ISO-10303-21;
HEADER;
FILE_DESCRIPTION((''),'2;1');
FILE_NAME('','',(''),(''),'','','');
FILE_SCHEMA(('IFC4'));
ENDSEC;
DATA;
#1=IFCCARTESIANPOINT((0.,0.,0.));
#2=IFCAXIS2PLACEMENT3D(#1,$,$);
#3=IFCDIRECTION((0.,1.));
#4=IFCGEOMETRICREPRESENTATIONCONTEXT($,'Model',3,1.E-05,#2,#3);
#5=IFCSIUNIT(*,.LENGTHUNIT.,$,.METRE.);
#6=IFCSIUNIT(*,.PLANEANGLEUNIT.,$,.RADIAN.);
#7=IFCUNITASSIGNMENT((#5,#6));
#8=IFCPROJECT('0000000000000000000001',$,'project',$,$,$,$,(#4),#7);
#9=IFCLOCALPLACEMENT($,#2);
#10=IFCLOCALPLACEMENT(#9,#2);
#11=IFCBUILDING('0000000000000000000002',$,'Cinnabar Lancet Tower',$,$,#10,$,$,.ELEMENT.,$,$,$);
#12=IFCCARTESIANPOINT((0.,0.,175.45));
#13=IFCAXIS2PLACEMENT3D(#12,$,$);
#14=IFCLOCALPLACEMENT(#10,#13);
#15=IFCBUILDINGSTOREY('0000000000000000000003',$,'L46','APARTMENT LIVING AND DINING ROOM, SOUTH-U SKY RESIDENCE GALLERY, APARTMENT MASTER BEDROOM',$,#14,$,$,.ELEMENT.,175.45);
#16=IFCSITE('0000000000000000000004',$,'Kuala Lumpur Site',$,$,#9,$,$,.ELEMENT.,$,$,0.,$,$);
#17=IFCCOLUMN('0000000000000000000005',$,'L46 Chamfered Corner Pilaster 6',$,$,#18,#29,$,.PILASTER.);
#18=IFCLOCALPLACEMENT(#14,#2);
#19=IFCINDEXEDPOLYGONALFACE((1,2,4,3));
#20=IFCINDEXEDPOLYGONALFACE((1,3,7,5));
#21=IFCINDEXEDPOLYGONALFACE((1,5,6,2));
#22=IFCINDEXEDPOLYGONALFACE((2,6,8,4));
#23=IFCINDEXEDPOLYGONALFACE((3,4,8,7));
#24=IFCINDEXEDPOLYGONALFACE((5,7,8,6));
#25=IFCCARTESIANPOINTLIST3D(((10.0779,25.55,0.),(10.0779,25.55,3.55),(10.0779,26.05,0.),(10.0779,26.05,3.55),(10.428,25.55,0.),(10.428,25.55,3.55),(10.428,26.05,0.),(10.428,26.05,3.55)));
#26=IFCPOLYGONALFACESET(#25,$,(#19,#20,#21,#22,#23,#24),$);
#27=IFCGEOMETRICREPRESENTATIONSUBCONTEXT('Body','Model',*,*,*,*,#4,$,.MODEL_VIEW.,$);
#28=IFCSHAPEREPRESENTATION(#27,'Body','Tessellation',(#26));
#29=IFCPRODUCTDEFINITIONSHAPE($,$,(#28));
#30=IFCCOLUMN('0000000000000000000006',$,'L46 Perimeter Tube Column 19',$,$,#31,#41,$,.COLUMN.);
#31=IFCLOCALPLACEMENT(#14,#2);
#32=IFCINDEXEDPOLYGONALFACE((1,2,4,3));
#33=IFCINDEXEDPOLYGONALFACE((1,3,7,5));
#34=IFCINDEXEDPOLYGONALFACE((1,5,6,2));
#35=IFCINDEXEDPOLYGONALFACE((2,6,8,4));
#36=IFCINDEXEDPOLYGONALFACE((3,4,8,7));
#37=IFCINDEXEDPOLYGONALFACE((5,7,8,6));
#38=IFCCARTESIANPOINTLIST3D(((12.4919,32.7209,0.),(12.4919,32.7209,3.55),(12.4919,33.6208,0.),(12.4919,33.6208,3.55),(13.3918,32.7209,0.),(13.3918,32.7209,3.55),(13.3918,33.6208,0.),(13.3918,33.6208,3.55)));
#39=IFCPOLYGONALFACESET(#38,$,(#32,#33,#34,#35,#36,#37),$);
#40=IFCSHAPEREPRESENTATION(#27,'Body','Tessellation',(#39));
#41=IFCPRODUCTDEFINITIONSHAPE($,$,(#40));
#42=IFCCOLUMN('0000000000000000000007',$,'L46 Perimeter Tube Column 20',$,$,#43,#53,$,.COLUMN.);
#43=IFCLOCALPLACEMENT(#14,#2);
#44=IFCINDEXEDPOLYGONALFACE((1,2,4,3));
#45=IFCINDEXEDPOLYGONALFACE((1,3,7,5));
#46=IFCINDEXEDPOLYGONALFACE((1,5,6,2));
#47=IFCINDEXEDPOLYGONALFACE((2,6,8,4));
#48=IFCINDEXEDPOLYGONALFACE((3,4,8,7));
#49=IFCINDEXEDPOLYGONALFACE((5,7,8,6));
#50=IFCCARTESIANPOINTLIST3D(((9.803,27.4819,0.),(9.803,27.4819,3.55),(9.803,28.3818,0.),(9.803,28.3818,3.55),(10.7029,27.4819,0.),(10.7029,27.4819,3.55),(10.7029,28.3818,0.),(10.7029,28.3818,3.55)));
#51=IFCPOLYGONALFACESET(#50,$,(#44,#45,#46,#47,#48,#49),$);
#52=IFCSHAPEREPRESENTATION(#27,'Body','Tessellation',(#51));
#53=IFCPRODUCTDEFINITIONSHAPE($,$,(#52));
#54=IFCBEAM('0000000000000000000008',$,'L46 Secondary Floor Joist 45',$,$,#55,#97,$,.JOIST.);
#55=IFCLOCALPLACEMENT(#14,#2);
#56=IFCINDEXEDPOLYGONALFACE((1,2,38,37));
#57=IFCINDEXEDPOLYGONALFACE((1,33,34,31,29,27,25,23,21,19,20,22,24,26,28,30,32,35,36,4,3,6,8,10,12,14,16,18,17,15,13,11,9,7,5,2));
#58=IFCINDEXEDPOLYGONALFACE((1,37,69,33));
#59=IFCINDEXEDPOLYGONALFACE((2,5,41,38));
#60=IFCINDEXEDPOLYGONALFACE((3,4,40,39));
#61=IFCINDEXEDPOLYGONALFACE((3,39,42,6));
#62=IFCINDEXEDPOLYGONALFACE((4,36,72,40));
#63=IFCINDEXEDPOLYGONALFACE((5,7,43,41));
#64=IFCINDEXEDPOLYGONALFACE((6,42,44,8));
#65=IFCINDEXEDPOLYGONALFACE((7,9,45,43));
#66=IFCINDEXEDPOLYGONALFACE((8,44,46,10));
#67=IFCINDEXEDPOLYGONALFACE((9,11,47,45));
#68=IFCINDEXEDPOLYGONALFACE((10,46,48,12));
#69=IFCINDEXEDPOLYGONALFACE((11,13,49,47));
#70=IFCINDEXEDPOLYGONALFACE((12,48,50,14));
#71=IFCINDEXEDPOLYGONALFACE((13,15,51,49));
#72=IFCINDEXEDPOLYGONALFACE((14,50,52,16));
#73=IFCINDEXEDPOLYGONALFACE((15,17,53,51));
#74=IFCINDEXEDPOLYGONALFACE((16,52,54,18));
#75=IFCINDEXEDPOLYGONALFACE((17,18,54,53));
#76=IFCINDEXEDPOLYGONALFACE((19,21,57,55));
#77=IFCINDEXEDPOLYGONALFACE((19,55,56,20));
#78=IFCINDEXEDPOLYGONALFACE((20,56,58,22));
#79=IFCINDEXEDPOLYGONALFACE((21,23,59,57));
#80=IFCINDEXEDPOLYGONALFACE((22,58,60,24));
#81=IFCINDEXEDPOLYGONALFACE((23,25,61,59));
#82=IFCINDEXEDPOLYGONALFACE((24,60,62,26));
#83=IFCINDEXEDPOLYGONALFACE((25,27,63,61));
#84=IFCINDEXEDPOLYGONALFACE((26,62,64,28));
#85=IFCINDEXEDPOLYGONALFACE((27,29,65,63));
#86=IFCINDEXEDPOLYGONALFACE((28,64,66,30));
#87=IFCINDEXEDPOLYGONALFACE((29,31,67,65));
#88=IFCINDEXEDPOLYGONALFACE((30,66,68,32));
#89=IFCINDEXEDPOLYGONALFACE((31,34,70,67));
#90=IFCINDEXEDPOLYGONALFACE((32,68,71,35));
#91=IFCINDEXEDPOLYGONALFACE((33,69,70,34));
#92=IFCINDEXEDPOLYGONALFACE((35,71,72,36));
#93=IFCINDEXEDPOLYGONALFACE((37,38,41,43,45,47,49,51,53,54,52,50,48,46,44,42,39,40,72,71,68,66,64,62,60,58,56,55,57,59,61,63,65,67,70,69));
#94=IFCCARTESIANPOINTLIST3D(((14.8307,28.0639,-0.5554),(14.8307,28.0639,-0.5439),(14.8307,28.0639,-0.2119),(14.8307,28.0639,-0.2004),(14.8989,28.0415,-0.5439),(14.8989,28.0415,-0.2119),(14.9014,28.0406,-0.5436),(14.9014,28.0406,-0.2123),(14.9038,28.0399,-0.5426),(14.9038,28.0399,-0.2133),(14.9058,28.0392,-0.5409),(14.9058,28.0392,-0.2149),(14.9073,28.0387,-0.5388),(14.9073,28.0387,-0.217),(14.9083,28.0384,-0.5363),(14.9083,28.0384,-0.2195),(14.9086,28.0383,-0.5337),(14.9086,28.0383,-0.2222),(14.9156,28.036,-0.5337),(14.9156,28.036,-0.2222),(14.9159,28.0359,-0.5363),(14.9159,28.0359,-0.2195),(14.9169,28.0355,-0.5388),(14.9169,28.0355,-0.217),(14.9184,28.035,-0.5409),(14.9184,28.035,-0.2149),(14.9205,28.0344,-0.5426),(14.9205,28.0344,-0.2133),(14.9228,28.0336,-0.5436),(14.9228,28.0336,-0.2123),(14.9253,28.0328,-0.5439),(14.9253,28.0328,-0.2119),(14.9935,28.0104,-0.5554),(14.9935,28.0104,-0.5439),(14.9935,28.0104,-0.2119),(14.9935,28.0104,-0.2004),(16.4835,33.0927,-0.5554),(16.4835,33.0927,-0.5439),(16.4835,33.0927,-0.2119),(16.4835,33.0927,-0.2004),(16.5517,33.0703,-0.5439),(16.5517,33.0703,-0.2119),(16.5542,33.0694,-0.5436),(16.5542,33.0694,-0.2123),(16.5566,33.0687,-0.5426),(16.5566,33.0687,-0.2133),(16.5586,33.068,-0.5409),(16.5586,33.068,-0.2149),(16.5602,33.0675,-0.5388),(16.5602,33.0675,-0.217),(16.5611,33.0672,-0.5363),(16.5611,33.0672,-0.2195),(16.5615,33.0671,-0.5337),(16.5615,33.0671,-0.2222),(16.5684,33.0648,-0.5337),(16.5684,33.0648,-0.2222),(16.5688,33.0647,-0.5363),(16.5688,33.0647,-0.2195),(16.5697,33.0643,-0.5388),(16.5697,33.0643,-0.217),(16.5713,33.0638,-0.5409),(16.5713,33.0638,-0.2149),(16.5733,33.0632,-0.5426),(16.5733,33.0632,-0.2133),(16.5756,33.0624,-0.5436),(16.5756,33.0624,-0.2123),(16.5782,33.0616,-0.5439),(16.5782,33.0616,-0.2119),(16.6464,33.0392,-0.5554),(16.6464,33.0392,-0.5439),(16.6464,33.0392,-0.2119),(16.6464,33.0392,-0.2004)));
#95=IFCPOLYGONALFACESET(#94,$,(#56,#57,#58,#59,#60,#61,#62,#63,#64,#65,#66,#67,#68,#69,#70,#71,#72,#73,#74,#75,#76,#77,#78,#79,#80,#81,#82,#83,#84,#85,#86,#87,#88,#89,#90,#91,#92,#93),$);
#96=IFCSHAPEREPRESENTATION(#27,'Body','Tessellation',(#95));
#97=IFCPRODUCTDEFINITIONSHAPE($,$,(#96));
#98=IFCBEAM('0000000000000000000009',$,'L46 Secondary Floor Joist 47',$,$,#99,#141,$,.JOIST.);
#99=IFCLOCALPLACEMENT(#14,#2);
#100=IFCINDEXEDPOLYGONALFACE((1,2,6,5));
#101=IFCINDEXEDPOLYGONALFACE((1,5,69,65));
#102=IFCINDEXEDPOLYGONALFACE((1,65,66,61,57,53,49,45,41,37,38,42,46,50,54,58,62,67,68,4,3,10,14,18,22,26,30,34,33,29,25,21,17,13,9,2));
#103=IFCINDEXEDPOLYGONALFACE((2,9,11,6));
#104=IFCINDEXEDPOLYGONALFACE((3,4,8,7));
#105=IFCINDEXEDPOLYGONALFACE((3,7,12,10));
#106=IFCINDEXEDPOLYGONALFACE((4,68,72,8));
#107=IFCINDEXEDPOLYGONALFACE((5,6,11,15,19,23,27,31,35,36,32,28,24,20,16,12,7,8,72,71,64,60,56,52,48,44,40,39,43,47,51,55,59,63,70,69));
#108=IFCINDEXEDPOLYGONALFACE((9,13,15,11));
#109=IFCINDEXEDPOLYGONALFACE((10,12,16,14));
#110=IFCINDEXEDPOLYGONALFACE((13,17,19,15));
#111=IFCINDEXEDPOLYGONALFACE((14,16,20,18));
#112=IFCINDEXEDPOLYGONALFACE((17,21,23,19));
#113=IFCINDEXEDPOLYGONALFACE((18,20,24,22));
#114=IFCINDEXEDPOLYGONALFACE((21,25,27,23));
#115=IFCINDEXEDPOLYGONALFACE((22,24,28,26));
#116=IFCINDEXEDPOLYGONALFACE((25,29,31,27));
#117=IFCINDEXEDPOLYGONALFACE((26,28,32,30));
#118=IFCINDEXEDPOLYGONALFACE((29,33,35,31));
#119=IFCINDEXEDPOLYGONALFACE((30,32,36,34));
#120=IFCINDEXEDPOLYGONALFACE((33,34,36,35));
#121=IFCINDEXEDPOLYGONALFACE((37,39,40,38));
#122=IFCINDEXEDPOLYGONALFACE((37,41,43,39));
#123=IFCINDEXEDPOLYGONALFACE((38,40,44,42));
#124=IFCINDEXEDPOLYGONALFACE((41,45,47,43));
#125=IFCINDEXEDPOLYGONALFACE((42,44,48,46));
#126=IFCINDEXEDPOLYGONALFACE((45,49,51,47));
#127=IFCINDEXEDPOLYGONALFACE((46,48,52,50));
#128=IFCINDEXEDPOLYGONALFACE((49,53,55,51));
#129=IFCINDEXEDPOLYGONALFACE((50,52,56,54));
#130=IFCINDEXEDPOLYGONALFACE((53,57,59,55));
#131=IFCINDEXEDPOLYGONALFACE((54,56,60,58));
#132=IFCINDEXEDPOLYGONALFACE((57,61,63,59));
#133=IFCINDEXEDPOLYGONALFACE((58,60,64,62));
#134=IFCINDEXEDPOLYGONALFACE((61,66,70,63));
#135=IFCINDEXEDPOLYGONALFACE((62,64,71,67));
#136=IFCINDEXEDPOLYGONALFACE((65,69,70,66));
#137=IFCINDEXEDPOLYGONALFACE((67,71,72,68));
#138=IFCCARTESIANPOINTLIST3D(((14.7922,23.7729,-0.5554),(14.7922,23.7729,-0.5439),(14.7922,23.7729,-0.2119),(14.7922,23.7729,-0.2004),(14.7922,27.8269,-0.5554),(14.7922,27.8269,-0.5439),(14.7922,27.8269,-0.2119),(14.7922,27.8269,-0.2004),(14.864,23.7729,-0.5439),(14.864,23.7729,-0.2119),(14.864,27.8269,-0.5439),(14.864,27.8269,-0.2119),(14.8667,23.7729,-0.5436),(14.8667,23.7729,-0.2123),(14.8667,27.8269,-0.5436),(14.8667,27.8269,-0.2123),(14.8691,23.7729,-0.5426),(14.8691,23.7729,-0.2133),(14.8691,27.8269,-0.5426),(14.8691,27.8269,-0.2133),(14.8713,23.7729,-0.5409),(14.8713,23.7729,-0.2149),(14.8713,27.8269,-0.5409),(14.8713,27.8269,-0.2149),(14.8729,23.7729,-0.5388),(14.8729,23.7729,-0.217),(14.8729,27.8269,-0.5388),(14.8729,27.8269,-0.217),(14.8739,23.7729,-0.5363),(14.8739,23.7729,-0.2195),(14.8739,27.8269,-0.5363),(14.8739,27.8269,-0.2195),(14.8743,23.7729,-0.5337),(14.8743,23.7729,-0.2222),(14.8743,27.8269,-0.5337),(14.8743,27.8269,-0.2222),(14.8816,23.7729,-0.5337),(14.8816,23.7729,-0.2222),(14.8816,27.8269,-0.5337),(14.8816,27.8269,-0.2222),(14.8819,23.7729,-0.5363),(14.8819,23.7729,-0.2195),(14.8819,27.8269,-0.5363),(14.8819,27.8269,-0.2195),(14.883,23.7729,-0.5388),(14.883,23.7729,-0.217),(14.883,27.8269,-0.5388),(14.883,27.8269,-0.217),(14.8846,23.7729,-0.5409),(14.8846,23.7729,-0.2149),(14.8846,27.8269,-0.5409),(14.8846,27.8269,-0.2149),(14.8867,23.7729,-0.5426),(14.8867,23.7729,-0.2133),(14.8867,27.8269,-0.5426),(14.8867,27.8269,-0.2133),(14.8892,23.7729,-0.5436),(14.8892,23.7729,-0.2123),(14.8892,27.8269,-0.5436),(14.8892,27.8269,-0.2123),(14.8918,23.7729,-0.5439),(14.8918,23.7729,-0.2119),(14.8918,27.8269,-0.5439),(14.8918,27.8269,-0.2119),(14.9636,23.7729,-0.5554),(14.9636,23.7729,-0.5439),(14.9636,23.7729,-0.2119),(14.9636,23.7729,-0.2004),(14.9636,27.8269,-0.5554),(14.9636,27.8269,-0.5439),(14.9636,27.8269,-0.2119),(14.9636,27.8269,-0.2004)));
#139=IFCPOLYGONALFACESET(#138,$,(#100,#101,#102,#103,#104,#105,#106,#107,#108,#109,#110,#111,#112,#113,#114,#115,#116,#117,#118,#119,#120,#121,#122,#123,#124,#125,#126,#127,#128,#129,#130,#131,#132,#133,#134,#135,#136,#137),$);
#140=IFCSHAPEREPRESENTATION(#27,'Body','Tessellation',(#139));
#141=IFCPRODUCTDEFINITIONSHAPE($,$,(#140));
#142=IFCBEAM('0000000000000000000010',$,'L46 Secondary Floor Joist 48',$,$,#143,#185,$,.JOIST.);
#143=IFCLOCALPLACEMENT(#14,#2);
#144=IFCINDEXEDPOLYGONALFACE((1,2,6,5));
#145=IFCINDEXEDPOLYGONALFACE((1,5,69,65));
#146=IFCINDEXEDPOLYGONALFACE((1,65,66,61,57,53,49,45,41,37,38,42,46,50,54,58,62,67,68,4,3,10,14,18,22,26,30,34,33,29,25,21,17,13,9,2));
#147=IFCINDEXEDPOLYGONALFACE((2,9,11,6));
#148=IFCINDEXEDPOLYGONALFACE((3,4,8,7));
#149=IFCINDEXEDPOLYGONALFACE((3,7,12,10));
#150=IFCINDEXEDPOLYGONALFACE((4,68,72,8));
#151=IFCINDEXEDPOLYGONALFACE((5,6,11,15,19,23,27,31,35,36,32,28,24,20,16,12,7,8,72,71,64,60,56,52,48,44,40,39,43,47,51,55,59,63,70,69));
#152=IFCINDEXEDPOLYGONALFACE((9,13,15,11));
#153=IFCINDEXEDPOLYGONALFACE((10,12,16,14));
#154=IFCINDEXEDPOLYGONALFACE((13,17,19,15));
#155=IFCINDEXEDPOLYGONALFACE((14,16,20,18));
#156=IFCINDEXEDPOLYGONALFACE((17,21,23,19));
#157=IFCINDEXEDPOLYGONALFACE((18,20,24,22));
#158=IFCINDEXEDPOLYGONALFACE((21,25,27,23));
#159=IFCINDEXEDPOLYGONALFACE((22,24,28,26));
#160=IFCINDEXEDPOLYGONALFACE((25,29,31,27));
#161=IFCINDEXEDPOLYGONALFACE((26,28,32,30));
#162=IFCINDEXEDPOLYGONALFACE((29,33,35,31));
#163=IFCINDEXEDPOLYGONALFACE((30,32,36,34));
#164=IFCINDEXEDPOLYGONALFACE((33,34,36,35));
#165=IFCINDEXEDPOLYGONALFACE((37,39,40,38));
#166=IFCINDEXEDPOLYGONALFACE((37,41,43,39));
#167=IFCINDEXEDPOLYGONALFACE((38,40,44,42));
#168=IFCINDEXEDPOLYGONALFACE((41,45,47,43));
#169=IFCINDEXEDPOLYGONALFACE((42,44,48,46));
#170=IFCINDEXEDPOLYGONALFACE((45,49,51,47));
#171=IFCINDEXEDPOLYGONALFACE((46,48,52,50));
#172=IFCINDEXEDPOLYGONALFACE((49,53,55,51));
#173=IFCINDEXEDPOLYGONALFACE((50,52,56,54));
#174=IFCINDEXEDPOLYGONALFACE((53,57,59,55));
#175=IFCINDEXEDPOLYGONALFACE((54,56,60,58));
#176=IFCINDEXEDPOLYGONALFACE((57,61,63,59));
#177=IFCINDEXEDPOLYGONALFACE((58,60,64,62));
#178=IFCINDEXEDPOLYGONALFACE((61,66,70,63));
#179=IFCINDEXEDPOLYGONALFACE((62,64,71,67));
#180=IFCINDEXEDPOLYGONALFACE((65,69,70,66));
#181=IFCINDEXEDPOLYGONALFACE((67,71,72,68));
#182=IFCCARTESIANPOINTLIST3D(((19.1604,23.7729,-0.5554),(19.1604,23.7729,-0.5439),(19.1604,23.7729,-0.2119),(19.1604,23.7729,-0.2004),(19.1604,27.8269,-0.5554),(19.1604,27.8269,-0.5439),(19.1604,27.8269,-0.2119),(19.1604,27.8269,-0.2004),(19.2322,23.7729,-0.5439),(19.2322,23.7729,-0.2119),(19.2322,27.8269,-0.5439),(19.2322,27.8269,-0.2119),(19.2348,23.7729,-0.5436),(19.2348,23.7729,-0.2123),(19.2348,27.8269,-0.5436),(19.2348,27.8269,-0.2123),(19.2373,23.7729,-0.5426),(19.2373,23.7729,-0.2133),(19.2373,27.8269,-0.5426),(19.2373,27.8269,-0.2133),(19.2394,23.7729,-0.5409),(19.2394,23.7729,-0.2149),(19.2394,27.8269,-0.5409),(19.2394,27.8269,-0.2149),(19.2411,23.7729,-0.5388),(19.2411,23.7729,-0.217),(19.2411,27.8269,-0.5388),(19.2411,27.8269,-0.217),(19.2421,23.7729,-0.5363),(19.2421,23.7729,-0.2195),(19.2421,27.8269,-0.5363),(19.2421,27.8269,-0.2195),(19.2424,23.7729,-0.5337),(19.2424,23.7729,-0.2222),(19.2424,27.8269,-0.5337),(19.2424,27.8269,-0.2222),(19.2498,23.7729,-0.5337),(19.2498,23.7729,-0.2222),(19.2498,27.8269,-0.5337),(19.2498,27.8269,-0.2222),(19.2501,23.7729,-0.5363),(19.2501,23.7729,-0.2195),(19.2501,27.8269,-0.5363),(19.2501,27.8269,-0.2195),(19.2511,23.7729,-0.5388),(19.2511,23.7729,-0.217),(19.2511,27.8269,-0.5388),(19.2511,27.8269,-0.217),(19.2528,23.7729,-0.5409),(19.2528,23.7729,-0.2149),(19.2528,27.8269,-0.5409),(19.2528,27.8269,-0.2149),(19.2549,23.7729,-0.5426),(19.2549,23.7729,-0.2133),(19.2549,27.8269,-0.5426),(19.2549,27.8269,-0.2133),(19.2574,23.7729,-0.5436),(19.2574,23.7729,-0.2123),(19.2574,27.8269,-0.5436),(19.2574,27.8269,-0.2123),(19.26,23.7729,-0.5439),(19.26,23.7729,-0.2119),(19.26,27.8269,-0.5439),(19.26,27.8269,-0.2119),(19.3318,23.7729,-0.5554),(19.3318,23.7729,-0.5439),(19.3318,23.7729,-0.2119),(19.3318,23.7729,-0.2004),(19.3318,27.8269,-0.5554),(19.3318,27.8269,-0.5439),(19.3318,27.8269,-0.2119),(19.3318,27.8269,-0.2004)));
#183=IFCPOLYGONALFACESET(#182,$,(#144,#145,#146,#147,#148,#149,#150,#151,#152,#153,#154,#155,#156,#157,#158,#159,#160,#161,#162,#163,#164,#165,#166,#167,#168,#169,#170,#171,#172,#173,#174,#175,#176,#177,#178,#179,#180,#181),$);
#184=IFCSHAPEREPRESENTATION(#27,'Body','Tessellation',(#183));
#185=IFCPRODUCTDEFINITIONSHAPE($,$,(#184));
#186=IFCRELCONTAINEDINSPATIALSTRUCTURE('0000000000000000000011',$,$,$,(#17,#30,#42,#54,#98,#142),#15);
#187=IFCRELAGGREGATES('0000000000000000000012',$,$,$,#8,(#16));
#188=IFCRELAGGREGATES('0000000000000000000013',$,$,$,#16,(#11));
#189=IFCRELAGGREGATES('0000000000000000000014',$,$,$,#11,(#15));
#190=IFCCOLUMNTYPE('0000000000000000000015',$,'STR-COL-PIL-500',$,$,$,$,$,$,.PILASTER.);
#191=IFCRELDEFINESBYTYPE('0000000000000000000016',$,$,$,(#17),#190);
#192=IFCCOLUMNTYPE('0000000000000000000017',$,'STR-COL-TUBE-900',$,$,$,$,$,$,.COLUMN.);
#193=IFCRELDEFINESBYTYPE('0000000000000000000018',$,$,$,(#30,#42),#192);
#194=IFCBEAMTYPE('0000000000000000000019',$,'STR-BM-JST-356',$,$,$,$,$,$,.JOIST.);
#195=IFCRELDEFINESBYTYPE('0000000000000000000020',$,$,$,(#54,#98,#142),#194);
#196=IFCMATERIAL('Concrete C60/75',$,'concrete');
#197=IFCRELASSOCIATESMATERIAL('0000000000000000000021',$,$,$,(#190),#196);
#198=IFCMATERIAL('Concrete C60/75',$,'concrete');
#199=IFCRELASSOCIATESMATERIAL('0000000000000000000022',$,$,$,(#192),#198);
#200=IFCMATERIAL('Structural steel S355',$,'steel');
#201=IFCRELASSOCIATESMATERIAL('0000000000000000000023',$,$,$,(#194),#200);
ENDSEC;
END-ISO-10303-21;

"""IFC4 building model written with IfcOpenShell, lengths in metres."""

from ifc_helpers import new_model, si_unit, direction, frame, origin, origin_2d, place, context, subcontext, project, spatial, rectangle, i_section, extrude, material, material_profile, profile_set, type_object, element, save


model = new_model("IFC4")

# Units and contexts
model_context = context("Model", 3, precision=1e-05, world=origin(), true_north=direction((0.0, 1.0)))
body_context = subcontext(model_context, "Body", "Model", "MODEL_VIEW")
ifc_project = project(units=[si_unit("LENGTHUNIT", "METRE"), si_unit("PLANEANGLEUNIT", "RADIAN")], contexts=[model_context])

# Site, building, storey
site_placement = place(None, origin())
site = spatial("IfcSite", under=ifc_project, at=site_placement, Name="Kuala Lumpur Site", CompositionType="ELEMENT", RefElevation=0.0)
building_placement = place(site_placement, origin())
building = spatial("IfcBuilding", under=site, at=building_placement, Name="Cinnabar Lancet Tower", CompositionType="ELEMENT")
storey_placement = place(building_placement, frame((0.0, 0.0, 175.45)))
storey = spatial("IfcBuildingStorey", under=building, at=storey_placement, Name="L46", Description="APARTMENT LIVING AND DINING ROOM, SOUTH-U SKY RESIDENCE GALLERY, APARTMENT MASTER BEDROOM", CompositionType="ELEMENT", Elevation=175.45)

# Columns
ifc_material_1 = material(Name="Concrete C60/75", Category="concrete")
ifc_material_profile_1 = material_profile(ifc_material_1, rectangle(XDim=0.5, YDim=0.3501, at=origin_2d()), Name="RC-PIL 500x350")
ifc_profile_set_1 = profile_set([ifc_material_profile_1], Name="Concrete C60/75")
column_type_1 = type_object("IfcColumnType", Name="STR-COL-PIL-500", PredefinedType="PILASTER", material=ifc_profile_set_1)
column_placement = place(storey_placement, frame((10.2529, 25.8, 0.0), z_axis=(0.0, 0.0, 1.0), x_axis=(0.0, -1.0, 0.0)))
element("IfcColumn", 1, at=column_placement, inside=storey, type_object=column_type_1, Name="L46 Chamfered Corner Pilaster 6", PredefinedType="PILASTER", context=body_context, shape_type="SweptSolid", body=[
    extrude(rectangle(XDim=0.5, YDim=0.3501, at=origin_2d()), origin(), (0.0, 0.0, 1.0), 3.55),
])
ifc_material_2 = material(Name="Concrete C60/75", Category="concrete")
ifc_material_profile_2 = material_profile(ifc_material_2, rectangle(XDim=0.8999, YDim=0.8999, at=origin_2d()), Name="RC-COL 900x900")
ifc_profile_set_2 = profile_set([ifc_material_profile_2], Name="Concrete C60/75")
column_type_2 = type_object("IfcColumnType", Name="STR-COL-TUBE-900", PredefinedType="COLUMN", material=ifc_profile_set_2)
for number, where, z_axis, x_axis, name in (
    (2, (12.9419, 33.1709, 0.0), (0.0, 0.0, 1.0), (1.0, 0.0, 0.0), "L46 Perimeter Tube Column 19"),
    (3, (10.2529, 27.9319, 0.0), (0.0, 0.0, 1.0), (1.0, 0.0, 0.0), "L46 Perimeter Tube Column 20"),
):
    element("IfcColumn", number, at=place(storey_placement, frame(where, z_axis=z_axis, x_axis=x_axis)), inside=storey, type_object=column_type_2, Name=name, PredefinedType="COLUMN", context=body_context, shape_type="SweptSolid", body=[
        extrude(rectangle(XDim=0.8999, YDim=0.8999, at=origin_2d()), origin(), (0.0, 0.0, 1.0), 3.55),
    ])

# Beams
ifc_material_3 = material(Name="Structural steel S355", Category="steel")
ifc_material_profile_3 = material_profile(ifc_material_3, i_section(OverallWidth=0.1714, OverallDepth=0.355, WebThickness=0.0073, FlangeThickness=0.0115, FilletRadius=0.0103, at=origin_2d()), Name="UKB 356x171x51")
ifc_profile_set_3 = profile_set([ifc_material_profile_3], Name="Structural steel S355")
beam_type_1 = type_object("IfcBeamType", Name="STR-BM-JST-356", PredefinedType="JOIST", material=ifc_profile_set_3)
beam_1_placement = place(storey_placement, frame((16.5649, 33.0659, -0.3779), z_axis=(-0.31224, -0.950003, 0.0), x_axis=(0.950003, -0.31224, 0.0)))
element("IfcBeam", 4, at=beam_1_placement, inside=storey, type_object=beam_type_1, Name="L46 Secondary Floor Joist 45", PredefinedType="JOIST", context=body_context, shape_type="SweptSolid", body=[
    extrude(i_section(OverallWidth=0.1714, OverallDepth=0.355, WebThickness=0.0073, FlangeThickness=0.0115, FilletRadius=0.0103, at=origin_2d()), origin(), (0.0, 0.0, 1.0), 5.2935),
])
for number, where, z_axis, x_axis, name in (
    (5, (14.8779, 27.8269, -0.3779), (0.0, -1.0, 0.0), (1.0, 0.0, 0.0), "L46 Secondary Floor Joist 47"),
    (6, (19.2461, 27.8269, -0.3779), (0.0, -1.0, 0.0), (1.0, 0.0, 0.0), "L46 Secondary Floor Joist 48"),
):
    element("IfcBeam", number, at=place(storey_placement, frame(where, z_axis=z_axis, x_axis=x_axis)), inside=storey, type_object=beam_type_1, Name=name, PredefinedType="JOIST", context=body_context, shape_type="SweptSolid", body=[
        extrude(i_section(OverallWidth=0.1714, OverallDepth=0.355, WebThickness=0.0073, FlangeThickness=0.0115, FilletRadius=0.0103, at=origin_2d()), origin(), (0.0, 0.0, 1.0), 4.054),
    ])

save(model, "model.ifc")
